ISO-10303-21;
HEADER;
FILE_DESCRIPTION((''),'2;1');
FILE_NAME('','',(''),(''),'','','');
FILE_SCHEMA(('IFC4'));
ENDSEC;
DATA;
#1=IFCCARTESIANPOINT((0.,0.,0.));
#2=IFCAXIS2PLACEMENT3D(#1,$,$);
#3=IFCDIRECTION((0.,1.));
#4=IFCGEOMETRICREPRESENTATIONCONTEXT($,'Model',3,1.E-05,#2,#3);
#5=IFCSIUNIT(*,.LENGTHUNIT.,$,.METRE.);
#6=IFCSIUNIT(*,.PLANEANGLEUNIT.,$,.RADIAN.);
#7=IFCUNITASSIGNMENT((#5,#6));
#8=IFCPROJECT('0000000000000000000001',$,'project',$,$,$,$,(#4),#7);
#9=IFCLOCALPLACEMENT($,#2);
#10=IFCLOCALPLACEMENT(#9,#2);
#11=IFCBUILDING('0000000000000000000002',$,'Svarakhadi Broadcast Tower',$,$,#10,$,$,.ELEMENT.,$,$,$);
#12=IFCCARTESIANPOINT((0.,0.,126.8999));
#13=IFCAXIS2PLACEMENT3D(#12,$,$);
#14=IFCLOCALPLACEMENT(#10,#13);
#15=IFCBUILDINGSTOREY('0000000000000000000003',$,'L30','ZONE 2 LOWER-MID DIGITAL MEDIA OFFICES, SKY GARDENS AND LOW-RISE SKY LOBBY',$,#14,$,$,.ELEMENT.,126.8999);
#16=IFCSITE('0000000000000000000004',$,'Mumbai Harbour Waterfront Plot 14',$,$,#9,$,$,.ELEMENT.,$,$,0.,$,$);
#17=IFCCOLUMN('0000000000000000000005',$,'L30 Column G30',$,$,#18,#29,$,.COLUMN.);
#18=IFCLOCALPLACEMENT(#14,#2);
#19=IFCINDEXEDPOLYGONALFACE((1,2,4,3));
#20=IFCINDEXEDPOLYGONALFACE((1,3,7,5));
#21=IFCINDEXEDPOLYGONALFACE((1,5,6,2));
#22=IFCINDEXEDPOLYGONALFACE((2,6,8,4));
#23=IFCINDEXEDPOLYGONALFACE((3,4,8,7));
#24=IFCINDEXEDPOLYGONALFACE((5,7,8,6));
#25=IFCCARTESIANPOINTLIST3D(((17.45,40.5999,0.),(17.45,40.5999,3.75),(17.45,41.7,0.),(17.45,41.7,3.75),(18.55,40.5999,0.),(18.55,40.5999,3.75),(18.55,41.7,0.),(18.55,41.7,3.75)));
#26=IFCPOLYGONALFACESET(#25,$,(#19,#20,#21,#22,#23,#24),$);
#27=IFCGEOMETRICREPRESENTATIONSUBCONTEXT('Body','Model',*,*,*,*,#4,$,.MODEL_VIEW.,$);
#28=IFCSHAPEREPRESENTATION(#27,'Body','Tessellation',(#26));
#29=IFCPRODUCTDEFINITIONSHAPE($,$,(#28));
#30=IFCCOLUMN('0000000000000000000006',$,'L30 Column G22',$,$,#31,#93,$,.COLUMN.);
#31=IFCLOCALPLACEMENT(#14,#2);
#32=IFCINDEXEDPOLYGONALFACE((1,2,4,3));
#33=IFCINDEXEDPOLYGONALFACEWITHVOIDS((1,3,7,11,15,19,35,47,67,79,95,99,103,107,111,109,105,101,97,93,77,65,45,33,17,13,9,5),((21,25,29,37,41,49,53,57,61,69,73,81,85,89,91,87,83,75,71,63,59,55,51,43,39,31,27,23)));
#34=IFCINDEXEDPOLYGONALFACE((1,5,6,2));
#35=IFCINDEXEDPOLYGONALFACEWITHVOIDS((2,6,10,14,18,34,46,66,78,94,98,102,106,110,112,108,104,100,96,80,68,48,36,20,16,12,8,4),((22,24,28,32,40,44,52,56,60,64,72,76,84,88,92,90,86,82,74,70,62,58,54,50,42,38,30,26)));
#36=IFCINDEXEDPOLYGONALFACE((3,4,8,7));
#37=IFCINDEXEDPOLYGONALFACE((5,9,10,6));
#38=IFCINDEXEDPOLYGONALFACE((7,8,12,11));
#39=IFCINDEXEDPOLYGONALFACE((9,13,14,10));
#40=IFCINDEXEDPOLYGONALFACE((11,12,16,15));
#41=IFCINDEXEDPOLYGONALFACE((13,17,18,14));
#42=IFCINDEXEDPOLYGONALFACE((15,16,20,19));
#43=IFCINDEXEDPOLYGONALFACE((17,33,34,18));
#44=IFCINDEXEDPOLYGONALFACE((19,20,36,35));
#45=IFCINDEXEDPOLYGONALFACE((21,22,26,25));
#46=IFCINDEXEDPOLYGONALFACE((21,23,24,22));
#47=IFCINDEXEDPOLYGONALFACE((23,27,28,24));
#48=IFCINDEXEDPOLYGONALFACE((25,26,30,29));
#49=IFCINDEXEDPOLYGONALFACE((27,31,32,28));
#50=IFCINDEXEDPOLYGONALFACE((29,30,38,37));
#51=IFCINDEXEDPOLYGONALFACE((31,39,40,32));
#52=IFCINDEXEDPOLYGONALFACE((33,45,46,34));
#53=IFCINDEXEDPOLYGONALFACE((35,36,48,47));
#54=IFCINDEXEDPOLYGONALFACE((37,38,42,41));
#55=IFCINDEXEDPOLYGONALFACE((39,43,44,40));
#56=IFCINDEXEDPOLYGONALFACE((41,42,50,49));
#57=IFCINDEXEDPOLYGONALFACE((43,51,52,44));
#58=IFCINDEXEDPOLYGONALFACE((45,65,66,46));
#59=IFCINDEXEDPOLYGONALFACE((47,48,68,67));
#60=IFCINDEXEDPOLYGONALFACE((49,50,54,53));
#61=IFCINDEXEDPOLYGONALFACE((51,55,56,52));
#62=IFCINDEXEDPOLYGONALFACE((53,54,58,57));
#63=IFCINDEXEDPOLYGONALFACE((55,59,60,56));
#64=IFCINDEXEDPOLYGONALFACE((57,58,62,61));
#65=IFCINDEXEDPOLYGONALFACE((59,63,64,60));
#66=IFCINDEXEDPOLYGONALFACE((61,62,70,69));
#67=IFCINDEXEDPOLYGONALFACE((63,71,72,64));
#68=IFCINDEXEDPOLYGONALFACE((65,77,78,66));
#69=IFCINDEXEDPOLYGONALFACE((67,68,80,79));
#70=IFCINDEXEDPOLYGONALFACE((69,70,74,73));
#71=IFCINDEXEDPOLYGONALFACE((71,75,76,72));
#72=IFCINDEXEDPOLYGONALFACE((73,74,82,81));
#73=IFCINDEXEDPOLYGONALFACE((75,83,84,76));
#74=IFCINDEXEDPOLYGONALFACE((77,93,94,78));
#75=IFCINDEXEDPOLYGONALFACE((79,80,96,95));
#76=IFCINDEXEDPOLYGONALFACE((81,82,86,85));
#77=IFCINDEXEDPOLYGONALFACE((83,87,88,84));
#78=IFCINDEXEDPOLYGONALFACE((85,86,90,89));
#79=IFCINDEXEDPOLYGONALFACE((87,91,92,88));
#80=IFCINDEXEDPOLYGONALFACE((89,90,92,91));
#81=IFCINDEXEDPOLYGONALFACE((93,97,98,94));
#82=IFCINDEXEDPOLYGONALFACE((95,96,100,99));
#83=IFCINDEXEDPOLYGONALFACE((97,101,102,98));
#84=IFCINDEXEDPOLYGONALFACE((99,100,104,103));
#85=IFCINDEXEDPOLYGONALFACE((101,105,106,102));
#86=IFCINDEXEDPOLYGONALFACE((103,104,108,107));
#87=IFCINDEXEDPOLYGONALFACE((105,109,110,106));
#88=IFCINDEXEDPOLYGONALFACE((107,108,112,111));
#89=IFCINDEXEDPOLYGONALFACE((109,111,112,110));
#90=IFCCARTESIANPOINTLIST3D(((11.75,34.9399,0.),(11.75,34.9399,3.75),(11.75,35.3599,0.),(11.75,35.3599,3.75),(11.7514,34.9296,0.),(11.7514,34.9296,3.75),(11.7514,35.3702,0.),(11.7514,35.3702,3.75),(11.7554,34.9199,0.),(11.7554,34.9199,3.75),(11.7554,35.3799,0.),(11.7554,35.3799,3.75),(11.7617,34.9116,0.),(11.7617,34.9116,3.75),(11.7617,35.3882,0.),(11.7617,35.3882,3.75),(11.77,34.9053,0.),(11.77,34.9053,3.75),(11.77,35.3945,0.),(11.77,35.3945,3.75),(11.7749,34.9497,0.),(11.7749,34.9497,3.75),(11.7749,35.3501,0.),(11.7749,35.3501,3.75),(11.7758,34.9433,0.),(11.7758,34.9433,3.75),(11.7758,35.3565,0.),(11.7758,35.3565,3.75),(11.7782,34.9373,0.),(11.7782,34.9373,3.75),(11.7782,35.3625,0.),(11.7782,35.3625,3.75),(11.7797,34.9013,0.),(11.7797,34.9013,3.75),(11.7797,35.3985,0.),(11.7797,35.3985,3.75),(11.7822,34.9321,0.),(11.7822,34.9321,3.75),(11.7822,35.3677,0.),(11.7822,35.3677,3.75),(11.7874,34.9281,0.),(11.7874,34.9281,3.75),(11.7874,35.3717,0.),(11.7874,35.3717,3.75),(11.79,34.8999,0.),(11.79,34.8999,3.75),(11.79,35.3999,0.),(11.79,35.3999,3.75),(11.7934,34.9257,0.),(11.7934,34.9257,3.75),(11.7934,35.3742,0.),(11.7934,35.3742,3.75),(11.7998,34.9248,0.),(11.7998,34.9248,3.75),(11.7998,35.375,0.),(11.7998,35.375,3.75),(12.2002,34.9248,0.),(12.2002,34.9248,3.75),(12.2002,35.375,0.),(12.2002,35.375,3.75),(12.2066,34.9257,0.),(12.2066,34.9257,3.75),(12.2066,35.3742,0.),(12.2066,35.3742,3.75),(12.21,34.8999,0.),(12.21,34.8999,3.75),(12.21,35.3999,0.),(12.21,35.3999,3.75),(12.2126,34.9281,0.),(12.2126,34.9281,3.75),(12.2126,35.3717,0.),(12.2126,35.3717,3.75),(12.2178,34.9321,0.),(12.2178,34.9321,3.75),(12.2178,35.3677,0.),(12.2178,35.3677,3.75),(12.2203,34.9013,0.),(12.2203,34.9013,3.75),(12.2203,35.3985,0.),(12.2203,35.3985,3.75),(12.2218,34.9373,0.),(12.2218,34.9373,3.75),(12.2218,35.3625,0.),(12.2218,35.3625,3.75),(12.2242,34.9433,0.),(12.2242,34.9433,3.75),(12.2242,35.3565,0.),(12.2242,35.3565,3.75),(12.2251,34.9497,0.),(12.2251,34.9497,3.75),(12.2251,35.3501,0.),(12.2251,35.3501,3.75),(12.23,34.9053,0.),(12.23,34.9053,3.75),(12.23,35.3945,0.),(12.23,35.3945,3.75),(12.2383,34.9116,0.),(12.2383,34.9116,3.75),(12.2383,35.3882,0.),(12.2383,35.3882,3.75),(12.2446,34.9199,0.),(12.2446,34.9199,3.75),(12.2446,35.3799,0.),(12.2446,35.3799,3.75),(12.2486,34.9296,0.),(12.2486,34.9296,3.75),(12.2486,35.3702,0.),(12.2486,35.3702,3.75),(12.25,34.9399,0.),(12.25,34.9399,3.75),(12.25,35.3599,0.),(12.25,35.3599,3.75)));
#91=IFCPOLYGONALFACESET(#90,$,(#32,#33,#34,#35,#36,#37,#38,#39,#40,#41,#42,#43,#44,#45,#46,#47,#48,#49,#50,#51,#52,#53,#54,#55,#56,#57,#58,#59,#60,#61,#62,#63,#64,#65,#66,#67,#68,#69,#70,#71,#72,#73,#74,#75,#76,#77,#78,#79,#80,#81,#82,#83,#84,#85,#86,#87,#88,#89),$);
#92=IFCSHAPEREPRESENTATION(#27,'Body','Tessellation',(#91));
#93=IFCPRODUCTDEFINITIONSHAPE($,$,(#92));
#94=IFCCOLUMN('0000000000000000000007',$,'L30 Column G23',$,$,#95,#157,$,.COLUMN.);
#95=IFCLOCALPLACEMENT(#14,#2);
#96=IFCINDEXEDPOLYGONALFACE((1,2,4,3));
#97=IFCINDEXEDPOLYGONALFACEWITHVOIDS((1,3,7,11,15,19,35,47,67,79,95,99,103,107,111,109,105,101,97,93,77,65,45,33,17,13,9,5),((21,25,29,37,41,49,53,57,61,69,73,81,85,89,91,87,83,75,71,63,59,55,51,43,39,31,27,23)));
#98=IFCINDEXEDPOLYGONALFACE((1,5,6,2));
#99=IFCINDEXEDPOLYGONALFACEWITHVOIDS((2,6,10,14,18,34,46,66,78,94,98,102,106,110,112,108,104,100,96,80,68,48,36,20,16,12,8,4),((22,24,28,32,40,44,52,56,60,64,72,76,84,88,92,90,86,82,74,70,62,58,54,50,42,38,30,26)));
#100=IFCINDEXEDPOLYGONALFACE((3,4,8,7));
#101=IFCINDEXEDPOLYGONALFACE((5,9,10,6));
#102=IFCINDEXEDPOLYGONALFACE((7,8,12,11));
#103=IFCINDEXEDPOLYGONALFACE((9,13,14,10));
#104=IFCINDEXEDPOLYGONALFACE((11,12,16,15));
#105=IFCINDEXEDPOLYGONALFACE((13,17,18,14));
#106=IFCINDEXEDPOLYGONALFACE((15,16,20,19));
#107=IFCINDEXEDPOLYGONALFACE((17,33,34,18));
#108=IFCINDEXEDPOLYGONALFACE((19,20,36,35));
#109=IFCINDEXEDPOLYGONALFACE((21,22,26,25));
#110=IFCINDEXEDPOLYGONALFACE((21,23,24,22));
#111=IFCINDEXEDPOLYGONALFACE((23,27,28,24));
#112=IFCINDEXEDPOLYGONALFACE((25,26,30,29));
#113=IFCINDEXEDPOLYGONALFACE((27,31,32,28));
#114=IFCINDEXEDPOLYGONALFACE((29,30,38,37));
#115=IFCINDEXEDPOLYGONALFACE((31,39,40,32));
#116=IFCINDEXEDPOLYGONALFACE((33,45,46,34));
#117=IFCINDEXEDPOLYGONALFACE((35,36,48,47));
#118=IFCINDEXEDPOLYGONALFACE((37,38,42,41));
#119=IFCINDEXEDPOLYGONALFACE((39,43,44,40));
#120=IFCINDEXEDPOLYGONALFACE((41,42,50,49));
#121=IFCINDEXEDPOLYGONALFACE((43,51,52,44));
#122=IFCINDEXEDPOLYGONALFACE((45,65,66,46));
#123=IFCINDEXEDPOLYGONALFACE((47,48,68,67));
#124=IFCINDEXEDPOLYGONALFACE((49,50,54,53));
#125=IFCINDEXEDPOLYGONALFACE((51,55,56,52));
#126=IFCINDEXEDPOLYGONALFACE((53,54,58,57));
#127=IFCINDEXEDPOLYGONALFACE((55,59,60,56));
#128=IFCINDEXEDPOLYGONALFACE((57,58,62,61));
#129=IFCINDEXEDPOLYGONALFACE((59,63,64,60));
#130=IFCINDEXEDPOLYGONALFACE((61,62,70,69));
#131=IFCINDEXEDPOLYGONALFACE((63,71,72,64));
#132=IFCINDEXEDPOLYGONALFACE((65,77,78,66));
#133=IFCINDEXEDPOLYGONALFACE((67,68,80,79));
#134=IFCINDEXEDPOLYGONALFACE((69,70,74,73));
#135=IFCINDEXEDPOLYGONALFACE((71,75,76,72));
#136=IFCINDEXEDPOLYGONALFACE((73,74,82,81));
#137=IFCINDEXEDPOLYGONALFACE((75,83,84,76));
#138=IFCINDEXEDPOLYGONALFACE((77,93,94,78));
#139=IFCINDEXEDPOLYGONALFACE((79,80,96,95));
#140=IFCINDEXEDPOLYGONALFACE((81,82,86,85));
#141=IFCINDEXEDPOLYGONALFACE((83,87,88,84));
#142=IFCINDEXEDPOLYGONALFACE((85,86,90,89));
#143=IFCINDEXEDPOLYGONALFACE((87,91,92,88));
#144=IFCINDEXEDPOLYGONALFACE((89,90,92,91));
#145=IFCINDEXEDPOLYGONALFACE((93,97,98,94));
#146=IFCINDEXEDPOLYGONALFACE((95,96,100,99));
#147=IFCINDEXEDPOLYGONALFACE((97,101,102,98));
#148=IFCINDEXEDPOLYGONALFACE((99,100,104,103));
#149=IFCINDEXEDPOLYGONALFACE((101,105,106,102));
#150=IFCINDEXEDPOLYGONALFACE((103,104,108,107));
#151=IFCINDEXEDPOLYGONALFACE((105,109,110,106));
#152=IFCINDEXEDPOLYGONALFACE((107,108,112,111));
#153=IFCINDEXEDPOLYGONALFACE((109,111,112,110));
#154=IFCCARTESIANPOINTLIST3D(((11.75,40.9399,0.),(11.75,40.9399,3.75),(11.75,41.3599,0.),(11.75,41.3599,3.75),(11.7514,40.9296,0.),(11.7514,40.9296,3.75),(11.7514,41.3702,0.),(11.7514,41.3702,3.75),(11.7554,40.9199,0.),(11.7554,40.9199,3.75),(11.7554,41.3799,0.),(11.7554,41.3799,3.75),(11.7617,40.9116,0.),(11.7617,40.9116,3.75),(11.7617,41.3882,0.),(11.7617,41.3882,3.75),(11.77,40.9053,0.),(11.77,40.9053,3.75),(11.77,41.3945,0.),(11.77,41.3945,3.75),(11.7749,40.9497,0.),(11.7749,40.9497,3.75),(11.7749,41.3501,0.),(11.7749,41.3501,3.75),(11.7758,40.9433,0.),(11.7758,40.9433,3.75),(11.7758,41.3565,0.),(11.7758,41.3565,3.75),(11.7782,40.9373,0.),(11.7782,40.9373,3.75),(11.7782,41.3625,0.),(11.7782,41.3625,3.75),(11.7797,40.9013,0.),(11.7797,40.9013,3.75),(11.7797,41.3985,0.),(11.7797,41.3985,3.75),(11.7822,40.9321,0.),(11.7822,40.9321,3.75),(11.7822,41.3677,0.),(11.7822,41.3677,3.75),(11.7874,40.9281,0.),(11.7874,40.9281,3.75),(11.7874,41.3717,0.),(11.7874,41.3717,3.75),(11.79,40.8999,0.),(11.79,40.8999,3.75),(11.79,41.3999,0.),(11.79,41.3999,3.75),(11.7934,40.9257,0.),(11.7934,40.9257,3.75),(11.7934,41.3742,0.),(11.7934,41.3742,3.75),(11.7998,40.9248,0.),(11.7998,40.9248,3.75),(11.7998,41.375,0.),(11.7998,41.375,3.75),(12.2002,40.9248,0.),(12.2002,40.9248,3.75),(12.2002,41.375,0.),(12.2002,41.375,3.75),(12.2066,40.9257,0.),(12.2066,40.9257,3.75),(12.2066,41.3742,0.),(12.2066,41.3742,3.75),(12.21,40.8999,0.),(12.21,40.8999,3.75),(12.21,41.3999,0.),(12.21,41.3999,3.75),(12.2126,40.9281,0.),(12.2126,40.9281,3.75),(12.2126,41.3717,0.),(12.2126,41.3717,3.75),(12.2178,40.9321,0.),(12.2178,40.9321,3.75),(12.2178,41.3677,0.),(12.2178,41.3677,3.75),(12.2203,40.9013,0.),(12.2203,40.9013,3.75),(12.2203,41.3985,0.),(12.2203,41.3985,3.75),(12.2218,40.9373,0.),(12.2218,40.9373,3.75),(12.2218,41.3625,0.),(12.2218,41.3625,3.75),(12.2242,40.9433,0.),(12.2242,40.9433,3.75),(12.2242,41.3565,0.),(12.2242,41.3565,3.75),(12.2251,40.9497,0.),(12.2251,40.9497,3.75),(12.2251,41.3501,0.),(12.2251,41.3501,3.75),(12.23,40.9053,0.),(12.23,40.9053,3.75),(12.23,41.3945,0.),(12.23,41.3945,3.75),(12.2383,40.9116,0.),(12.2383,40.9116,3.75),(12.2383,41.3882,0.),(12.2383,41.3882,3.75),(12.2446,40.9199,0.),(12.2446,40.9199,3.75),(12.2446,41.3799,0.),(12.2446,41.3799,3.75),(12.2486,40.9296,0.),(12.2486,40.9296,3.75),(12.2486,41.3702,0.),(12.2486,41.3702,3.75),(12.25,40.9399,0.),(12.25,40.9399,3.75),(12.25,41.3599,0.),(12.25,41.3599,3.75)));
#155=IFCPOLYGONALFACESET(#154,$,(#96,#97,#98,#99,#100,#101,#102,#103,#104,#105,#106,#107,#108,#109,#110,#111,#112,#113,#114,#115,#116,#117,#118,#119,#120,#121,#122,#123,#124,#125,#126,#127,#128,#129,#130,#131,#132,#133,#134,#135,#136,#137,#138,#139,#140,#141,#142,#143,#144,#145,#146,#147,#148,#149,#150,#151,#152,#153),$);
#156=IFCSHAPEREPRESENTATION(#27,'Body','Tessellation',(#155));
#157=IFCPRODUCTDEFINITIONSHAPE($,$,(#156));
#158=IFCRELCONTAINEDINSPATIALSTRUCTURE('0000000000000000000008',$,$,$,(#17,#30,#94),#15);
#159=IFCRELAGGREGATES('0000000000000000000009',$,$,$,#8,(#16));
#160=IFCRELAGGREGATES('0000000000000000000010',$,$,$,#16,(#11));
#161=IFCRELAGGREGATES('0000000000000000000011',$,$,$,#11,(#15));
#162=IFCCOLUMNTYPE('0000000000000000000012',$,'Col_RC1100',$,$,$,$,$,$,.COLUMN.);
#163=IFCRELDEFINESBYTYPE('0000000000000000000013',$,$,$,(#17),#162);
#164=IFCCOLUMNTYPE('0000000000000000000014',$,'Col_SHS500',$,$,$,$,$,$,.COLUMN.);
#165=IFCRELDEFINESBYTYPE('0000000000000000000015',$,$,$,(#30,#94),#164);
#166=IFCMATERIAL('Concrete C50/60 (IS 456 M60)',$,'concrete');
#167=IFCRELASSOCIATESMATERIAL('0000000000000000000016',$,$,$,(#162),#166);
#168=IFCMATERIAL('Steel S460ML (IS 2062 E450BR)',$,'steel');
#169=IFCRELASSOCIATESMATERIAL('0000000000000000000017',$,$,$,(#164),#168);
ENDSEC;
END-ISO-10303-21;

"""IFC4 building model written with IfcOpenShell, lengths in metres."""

from ifc_helpers import new_model, si_unit, direction, frame, origin, origin_2d, place, context, subcontext, project, spatial, rectangle, hollow_rectangle, extrude, material, material_profile, profile_set, type_object, element, save


model = new_model("IFC4")

# Units and contexts
model_context = context("Model", 3, precision=1e-05, world=origin(), true_north=direction((0.0, 1.0)))
body_context = subcontext(model_context, "Body", "Model", "MODEL_VIEW")
ifc_project = project(units=[si_unit("LENGTHUNIT", "METRE"), si_unit("PLANEANGLEUNIT", "RADIAN")], contexts=[model_context])

# Site, building, storey
site_placement = place(None, origin())
site = spatial("IfcSite", under=ifc_project, at=site_placement, Name="Mumbai Harbour Waterfront Plot 14", CompositionType="ELEMENT", RefElevation=0.0)
building_placement = place(site_placement, origin())
building = spatial("IfcBuilding", under=site, at=building_placement, Name="Svarakhadi Broadcast Tower", CompositionType="ELEMENT")
storey_placement = place(building_placement, frame((0.0, 0.0, 126.8999)))
storey = spatial("IfcBuildingStorey", under=building, at=storey_placement, Name="L30", Description="ZONE 2 LOWER-MID DIGITAL MEDIA OFFICES, SKY GARDENS AND LOW-RISE SKY LOBBY", CompositionType="ELEMENT", Elevation=126.8999)

# Columns
ifc_material_1 = material(Name="Concrete C50/60 (IS 456 M60)", Category="concrete")
ifc_material_profile_1 = material_profile(ifc_material_1, rectangle(XDim=1.1001, YDim=1.1001, at=origin_2d()), Name="RC 1100x1100")
ifc_profile_set_1 = profile_set([ifc_material_profile_1], Name="Concrete C50/60 (IS 456 M60)")
column_type_1 = type_object("IfcColumnType", Name="Col_RC1100", PredefinedType="COLUMN", material=ifc_profile_set_1)
column_placement = place(storey_placement, frame((18.0, 41.1499, 0.0), z_axis=(0.0, 0.0, 1.0), x_axis=(1.0, 0.0, 0.0)))
element("IfcColumn", 1, at=column_placement, inside=storey, type_object=column_type_1, Name="L30 Column G30", PredefinedType="COLUMN", context=body_context, shape_type="SweptSolid", body=[
    extrude(rectangle(XDim=1.1001, YDim=1.1001, at=origin_2d()), origin(), (0.0, 0.0, 1.0), 3.75),
])
ifc_material_2 = material(Name="Steel S460ML (IS 2062 E450BR)", Category="steel")
ifc_material_profile_2 = material_profile(ifc_material_2, hollow_rectangle(XDim=0.5, YDim=0.5, WallThickness=0.0249, InnerFilletRadius=0.0249, OuterFilletRadius=0.04, at=origin_2d()), Name="SHS 500x500x25")
ifc_profile_set_2 = profile_set([ifc_material_profile_2], Name="Steel S460ML (IS 2062 E450BR)")
column_type_2 = type_object("IfcColumnType", Name="Col_SHS500", PredefinedType="COLUMN", material=ifc_profile_set_2)
for number, where, z_axis, x_axis, name in (
    (2, (12.0, 35.1499, 0.0), (0.0, 0.0, 1.0), (1.0, 0.0, 0.0), "L30 Column G22"),
    (3, (12.0, 41.1499, 0.0), (0.0, 0.0, 1.0), (1.0, 0.0, 0.0), "L30 Column G23"),
):
    element("IfcColumn", number, at=place(storey_placement, frame(where, z_axis=z_axis, x_axis=x_axis)), inside=storey, type_object=column_type_2, Name=name, PredefinedType="COLUMN", context=body_context, shape_type="SweptSolid", body=[
        extrude(hollow_rectangle(XDim=0.5, YDim=0.5, WallThickness=0.0249, InnerFilletRadius=0.0249, OuterFilletRadius=0.04, at=origin_2d()), origin(), (0.0, 0.0, 1.0), 3.75),
    ])

save(model, "model.ifc")
